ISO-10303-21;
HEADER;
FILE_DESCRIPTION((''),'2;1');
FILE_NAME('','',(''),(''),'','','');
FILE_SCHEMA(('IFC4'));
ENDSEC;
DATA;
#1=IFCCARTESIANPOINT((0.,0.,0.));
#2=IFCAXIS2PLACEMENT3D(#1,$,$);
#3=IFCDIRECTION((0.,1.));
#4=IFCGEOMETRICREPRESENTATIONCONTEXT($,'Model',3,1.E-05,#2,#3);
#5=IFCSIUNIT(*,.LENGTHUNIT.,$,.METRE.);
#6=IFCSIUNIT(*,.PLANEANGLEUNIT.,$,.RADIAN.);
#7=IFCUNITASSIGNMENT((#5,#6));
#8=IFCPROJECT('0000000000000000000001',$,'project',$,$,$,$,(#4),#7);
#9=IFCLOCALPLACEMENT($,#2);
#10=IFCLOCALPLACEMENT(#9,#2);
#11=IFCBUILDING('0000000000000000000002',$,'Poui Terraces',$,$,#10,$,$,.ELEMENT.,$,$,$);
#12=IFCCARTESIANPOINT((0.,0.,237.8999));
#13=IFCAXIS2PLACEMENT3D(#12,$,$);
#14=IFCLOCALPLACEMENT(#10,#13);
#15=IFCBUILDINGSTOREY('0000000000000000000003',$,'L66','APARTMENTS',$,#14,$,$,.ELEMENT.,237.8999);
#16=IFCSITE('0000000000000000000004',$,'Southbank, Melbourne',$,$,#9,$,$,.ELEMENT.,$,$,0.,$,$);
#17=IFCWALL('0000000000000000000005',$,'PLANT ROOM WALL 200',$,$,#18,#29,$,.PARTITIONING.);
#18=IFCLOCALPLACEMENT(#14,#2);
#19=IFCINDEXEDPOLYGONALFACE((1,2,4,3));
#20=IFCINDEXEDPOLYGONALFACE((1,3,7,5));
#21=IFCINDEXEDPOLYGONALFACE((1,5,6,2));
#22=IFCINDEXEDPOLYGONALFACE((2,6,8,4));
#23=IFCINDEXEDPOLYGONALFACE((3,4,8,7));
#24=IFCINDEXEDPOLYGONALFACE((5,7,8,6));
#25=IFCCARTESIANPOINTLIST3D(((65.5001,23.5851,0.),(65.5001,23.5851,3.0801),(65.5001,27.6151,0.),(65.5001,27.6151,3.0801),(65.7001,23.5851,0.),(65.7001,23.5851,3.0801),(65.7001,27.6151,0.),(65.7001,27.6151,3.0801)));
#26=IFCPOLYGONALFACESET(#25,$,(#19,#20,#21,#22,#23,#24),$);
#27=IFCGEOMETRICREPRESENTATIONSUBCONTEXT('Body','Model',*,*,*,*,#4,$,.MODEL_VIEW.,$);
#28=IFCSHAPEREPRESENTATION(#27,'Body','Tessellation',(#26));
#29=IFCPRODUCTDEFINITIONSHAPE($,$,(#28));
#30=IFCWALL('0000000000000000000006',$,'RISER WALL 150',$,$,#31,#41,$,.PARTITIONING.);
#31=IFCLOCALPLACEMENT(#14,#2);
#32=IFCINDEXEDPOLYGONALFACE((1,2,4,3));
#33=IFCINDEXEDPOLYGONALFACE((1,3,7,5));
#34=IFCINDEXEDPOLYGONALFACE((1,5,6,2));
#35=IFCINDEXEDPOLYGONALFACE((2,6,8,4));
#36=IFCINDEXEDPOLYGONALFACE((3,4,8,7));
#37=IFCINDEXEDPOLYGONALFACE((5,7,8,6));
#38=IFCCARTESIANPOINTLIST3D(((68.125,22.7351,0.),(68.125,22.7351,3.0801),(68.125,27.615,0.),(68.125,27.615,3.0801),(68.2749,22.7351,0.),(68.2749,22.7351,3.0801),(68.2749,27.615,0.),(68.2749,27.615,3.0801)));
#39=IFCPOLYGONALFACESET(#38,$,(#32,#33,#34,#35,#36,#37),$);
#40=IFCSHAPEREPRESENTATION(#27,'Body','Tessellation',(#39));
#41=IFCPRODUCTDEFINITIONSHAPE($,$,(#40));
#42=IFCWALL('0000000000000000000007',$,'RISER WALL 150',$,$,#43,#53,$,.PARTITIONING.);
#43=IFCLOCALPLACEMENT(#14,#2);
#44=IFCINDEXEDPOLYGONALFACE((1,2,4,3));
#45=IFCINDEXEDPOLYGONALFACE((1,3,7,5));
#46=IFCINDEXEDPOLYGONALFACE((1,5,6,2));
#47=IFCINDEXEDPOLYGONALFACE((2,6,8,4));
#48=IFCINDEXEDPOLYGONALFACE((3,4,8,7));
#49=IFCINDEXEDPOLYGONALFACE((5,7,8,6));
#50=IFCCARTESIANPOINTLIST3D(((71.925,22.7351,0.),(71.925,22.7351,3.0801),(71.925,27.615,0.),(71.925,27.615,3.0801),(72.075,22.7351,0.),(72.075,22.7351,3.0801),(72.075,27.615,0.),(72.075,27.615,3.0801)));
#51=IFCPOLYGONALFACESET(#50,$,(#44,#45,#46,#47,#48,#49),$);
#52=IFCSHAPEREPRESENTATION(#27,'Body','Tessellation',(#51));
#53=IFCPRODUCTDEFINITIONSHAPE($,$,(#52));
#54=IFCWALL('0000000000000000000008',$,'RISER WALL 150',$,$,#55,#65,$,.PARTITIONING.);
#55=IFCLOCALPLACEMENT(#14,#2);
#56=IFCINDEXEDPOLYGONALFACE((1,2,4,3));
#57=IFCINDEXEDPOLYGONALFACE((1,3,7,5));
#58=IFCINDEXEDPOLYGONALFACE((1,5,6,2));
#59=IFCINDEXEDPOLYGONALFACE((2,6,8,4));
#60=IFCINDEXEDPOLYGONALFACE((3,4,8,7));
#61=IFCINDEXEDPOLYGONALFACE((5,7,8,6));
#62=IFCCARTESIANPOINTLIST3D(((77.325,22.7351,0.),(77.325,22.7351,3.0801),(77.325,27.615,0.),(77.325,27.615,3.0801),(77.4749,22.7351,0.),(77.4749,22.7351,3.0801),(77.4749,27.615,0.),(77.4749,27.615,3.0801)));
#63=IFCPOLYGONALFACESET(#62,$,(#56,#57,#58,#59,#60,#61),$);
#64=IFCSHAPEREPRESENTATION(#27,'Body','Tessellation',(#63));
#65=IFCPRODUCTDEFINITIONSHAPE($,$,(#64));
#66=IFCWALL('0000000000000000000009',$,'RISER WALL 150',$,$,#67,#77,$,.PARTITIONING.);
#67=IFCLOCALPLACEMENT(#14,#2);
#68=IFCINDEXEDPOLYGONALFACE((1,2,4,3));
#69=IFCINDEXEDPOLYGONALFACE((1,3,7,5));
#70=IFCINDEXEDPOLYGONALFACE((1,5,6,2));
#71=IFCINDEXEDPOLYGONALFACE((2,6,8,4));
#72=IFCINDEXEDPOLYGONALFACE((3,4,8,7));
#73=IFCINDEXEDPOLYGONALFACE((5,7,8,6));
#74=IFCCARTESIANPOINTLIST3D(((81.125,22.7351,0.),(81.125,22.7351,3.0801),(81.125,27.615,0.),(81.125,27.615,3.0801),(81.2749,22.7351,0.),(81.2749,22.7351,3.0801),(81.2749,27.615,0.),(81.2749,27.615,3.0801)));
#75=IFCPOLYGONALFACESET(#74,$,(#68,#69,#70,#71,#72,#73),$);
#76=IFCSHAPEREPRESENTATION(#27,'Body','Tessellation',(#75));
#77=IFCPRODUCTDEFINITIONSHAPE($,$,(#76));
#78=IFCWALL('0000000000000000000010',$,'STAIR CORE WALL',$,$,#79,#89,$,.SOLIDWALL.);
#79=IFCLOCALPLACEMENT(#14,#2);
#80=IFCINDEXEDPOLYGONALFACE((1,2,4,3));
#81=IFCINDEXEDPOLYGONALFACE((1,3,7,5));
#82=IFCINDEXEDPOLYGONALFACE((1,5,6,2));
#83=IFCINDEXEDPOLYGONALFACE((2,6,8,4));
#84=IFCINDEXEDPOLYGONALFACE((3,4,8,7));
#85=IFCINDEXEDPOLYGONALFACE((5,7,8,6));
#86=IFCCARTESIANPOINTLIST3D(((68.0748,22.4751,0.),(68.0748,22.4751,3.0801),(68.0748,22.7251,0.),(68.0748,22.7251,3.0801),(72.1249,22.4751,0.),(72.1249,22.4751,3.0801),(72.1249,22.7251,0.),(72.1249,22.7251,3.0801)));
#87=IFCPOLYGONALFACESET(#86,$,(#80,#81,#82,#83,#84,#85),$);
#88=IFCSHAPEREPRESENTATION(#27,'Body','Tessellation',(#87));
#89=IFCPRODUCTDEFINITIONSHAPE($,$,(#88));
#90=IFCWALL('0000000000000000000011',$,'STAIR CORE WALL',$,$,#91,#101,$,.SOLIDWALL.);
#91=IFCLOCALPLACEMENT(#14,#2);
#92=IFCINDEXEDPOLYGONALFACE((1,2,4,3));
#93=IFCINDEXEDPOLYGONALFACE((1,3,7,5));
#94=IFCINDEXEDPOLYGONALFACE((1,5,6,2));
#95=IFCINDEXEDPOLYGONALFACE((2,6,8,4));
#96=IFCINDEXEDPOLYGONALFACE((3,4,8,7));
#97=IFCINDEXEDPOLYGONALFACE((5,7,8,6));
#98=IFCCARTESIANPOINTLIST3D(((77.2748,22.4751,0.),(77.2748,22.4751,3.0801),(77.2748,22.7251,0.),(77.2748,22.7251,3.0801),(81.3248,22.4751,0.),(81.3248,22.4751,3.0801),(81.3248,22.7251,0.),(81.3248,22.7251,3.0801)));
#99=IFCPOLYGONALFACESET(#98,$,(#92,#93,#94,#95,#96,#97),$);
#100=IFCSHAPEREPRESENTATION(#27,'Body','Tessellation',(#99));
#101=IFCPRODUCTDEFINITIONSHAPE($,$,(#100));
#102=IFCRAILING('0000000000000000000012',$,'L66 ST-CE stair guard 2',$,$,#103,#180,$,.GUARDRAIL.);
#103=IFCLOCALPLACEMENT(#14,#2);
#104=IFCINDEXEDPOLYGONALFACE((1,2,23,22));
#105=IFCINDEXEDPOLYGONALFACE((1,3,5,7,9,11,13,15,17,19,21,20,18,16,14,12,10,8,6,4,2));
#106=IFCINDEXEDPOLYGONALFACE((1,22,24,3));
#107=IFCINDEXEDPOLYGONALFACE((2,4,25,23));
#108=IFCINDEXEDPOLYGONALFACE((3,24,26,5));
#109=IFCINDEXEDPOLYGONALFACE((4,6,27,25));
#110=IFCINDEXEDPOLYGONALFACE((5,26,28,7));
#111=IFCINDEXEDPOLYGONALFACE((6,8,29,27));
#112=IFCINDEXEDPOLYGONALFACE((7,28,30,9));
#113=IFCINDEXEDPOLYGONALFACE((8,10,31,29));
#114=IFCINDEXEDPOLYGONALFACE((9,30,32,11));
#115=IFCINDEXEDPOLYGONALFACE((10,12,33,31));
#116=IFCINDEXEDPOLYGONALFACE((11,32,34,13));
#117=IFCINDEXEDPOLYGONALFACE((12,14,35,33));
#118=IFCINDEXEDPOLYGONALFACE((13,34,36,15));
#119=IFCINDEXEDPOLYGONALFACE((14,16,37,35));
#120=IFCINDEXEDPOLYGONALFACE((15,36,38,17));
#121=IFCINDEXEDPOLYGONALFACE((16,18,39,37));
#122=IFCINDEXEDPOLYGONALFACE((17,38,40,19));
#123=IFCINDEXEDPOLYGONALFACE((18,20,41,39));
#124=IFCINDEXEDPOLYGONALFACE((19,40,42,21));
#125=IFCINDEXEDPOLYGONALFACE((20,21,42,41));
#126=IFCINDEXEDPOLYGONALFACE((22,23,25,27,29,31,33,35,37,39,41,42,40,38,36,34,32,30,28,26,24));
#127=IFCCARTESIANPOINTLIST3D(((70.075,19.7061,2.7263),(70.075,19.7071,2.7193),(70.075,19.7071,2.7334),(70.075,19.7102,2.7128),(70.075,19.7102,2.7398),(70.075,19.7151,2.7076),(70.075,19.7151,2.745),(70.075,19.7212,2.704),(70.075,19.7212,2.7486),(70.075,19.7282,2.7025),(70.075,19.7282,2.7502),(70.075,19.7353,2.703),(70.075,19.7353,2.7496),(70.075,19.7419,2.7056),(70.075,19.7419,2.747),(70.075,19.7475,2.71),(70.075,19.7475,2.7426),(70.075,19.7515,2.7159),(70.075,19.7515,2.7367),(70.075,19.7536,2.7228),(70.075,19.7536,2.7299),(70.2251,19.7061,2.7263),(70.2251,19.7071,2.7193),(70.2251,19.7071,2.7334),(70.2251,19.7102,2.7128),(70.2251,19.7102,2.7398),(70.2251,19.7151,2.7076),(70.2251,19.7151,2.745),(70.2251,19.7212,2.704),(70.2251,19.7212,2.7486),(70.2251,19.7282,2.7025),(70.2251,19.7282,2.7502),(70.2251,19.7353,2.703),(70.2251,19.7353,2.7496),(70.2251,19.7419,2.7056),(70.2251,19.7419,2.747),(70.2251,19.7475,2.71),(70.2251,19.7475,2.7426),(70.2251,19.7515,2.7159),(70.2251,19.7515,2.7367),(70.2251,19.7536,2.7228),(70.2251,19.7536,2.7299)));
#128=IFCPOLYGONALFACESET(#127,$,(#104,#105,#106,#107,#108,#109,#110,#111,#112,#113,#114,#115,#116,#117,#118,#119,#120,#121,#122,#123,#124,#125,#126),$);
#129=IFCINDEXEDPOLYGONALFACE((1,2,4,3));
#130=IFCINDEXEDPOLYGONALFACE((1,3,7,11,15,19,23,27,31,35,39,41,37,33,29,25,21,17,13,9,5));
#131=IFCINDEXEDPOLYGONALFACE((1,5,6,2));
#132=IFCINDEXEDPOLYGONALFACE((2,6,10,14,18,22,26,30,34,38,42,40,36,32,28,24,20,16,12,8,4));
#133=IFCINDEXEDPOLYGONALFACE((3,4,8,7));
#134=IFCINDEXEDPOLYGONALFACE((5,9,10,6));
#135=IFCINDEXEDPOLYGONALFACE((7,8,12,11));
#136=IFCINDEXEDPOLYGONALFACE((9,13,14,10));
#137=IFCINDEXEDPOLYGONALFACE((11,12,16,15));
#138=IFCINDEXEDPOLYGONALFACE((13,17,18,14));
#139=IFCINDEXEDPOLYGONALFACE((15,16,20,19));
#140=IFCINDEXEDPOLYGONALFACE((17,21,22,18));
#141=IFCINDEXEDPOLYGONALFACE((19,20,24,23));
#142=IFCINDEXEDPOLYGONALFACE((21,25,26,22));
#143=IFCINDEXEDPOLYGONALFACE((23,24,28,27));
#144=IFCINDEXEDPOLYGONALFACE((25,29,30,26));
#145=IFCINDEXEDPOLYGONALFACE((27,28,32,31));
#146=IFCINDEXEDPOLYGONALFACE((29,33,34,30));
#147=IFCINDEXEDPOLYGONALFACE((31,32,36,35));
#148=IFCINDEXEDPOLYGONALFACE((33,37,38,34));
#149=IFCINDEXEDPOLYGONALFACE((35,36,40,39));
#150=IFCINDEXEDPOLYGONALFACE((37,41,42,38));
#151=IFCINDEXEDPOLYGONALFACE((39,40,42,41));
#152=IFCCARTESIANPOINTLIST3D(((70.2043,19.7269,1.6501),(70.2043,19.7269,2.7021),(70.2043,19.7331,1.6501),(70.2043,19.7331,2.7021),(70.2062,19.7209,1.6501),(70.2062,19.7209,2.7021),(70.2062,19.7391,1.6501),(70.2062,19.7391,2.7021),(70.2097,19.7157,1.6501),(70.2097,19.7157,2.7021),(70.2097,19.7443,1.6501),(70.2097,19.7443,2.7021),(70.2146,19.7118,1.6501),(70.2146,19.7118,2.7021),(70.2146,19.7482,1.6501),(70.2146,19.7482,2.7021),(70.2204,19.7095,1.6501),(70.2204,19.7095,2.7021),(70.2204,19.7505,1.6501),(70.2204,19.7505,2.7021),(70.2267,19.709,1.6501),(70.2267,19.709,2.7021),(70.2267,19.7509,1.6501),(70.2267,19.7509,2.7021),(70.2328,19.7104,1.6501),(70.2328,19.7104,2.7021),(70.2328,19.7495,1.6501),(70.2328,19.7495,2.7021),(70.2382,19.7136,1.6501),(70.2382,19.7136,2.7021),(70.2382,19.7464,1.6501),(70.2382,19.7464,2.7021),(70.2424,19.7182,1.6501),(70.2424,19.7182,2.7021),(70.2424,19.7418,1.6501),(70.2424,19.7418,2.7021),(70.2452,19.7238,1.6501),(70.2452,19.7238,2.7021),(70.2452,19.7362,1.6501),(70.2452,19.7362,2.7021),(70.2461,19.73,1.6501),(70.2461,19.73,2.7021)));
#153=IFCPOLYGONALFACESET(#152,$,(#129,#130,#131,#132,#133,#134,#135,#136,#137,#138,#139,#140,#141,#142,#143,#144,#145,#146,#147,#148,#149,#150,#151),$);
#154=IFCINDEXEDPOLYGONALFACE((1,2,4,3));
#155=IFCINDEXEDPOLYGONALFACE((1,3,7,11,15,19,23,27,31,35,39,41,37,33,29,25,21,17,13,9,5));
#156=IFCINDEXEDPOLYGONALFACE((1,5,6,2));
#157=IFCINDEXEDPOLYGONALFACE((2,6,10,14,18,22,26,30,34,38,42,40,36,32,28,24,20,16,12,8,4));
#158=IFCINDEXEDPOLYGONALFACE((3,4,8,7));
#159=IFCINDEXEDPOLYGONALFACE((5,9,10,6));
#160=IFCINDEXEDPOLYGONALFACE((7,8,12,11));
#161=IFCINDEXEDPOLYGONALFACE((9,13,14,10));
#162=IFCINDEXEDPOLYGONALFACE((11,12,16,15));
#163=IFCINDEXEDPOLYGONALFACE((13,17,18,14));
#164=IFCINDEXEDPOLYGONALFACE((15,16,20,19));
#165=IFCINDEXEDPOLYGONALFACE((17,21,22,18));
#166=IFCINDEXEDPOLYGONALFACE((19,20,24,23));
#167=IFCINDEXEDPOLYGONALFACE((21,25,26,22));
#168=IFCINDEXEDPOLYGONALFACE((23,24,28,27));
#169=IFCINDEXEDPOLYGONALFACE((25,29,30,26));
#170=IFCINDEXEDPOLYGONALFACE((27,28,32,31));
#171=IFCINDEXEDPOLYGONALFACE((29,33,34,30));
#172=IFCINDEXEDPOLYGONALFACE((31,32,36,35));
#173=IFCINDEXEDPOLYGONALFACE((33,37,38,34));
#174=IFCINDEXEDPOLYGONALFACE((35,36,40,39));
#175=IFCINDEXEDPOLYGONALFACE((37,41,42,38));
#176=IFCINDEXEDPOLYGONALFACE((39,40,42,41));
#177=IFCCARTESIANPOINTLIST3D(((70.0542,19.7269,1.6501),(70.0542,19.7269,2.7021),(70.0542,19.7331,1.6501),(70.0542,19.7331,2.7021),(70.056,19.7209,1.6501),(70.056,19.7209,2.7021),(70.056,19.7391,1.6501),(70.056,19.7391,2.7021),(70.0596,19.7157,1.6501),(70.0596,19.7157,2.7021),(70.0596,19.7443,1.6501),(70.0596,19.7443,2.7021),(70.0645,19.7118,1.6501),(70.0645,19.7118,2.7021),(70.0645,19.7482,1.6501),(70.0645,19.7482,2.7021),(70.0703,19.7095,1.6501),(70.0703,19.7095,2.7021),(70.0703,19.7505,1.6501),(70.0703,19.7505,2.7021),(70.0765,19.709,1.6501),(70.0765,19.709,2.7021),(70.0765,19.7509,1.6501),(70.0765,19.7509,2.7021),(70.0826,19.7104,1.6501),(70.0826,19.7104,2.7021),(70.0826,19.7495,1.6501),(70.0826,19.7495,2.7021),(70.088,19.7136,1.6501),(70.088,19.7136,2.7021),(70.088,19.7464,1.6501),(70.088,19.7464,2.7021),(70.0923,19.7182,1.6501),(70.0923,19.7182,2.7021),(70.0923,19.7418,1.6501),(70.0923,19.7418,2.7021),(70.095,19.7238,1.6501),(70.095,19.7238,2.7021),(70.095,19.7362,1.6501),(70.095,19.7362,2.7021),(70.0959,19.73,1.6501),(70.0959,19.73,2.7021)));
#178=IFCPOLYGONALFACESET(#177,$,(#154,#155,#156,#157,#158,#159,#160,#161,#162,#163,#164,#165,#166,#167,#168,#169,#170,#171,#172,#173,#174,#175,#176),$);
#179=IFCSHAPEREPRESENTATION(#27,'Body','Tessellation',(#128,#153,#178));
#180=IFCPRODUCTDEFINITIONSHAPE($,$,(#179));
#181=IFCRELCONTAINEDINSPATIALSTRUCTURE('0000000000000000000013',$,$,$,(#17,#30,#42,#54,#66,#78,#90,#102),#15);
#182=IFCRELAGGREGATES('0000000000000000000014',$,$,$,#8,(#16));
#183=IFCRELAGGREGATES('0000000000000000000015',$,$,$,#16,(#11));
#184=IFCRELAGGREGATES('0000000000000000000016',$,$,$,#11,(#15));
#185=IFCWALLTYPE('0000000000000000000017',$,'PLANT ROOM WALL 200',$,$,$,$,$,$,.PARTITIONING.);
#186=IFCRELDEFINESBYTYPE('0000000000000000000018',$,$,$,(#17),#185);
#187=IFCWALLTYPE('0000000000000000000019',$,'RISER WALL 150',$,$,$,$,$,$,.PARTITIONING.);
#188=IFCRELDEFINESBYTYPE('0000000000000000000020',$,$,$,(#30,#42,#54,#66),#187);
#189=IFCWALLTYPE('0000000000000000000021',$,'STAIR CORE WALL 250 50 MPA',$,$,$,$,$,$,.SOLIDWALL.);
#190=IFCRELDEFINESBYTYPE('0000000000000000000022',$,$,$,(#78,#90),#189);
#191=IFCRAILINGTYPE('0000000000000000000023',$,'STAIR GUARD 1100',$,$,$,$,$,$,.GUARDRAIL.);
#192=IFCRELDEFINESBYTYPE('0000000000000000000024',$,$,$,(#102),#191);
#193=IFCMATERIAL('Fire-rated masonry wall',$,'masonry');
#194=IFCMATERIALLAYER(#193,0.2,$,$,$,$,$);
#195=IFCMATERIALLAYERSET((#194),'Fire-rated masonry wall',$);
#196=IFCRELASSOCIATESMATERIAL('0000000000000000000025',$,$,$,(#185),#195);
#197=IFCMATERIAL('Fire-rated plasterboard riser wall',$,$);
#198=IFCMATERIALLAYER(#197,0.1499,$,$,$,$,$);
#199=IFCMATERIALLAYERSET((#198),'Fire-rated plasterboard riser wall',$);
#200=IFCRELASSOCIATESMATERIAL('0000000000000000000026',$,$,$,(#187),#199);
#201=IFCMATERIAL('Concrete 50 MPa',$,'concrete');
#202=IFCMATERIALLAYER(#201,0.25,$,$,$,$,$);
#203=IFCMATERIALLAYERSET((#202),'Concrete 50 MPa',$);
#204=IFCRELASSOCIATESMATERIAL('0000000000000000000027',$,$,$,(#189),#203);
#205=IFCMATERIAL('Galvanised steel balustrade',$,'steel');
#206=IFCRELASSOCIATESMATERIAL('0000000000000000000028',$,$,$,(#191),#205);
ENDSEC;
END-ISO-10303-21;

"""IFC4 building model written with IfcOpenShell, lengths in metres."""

from ifc_helpers import new_model, si_unit, direction, frame, frame_2d, origin, origin_2d, place, context, subcontext, project, spatial, rectangle, circle, extrude, material, layer, layer_set, type_object, element, save


model = new_model("IFC4")

# Units and contexts
model_context = context("Model", 3, precision=1e-05, world=origin(), true_north=direction((0.0, 1.0)))
body_context = subcontext(model_context, "Body", "Model", "MODEL_VIEW")
ifc_project = project(units=[si_unit("LENGTHUNIT", "METRE"), si_unit("PLANEANGLEUNIT", "RADIAN")], contexts=[model_context])

# Site, building, storey
site_placement = place(None, origin())
site = spatial("IfcSite", under=ifc_project, at=site_placement, Name="Southbank, Melbourne", CompositionType="ELEMENT", RefElevation=0.0)
building_placement = place(site_placement, origin())
building = spatial("IfcBuilding", under=site, at=building_placement, Name="Poui Terraces", CompositionType="ELEMENT")
storey_placement = place(building_placement, frame((0.0, 0.0, 237.8999)))
storey = spatial("IfcBuildingStorey", under=building, at=storey_placement, Name="L66", Description="APARTMENTS", CompositionType="ELEMENT", Elevation=237.8999)

# Shared definitions
ifc_material_1 = material(Name="Concrete 50 MPa", Category="concrete")

# Walls
ifc_material_2 = material(Name="Fire-rated masonry wall", Category="masonry")
ifc_layer_1 = layer(ifc_material_2, 0.2)
ifc_layer_set_1 = layer_set([ifc_layer_1], Name="Fire-rated masonry wall")
wall_type_1 = type_object("IfcWallType", Name="PLANT ROOM WALL 200", PredefinedType="PARTITIONING", material=ifc_layer_set_1)
wall_1_placement = place(storey_placement, frame((65.6001, 23.585, 0.0), z_axis=(0.0, 0.0, 1.0), x_axis=(0.0, 1.0, 0.0)))
element("IfcWall", 1, at=wall_1_placement, inside=storey, type_object=wall_type_1, Name="PLANT ROOM WALL 200", PredefinedType="PARTITIONING", context=body_context, shape_type="SweptSolid", body=[
    extrude(rectangle(XDim=4.03, YDim=0.2, at=frame_2d((2.0151, 0.0))), origin(), (0.0, 0.0, 1.0), 3.0801),
])
ifc_material_3 = material(Name="Fire-rated plasterboard riser wall")
ifc_layer_2 = layer(ifc_material_3, 0.1499)
ifc_layer_set_2 = layer_set([ifc_layer_2], Name="Fire-rated plasterboard riser wall")
wall_type_2 = type_object("IfcWallType", Name="RISER WALL 150", PredefinedType="PARTITIONING", material=ifc_layer_set_2)
for number, where, z_axis, x_axis, name in (
    (2, (68.2, 22.7351, 0.0), (0.0, 0.0, 1.0), (0.0, 1.0, 0.0), "RISER WALL 150"),
    (3, (72.0, 22.7351, 0.0), (0.0, 0.0, 1.0), (0.0, 1.0, 0.0), "RISER WALL 150"),
    (4, (77.3999, 22.7351, 0.0), (0.0, 0.0, 1.0), (0.0, 1.0, 0.0), "RISER WALL 150"),
    (5, (81.2, 22.7351, 0.0), (0.0, 0.0, 1.0), (0.0, 1.0, 0.0), "RISER WALL 150"),
):
    element("IfcWall", number, at=place(storey_placement, frame(where, z_axis=z_axis, x_axis=x_axis)), inside=storey, type_object=wall_type_2, Name=name, PredefinedType="PARTITIONING", context=body_context, shape_type="SweptSolid", body=[
        extrude(rectangle(XDim=4.8799, YDim=0.1499, at=frame_2d((2.4399, 0.0))), origin(), (0.0, 0.0, 1.0), 3.0801),
    ])
ifc_layer_3 = layer(ifc_material_1, 0.25)
ifc_layer_set_3 = layer_set([ifc_layer_3], Name="Concrete 50 MPa")
wall_type_3 = type_object("IfcWallType", Name="STAIR CORE WALL 250 50 MPA", PredefinedType="SOLIDWALL", material=ifc_layer_set_3)
for number, where, z_axis, x_axis, name in (
    (6, (68.075, 22.6001, 0.0), (0.0, 0.0, 1.0), (1.0, 0.0, 0.0), "STAIR CORE WALL"),
    (7, (77.2749, 22.6001, 0.0), (0.0, 0.0, 1.0), (1.0, 0.0, 0.0), "STAIR CORE WALL"),
):
    element("IfcWall", number, at=place(storey_placement, frame(where, z_axis=z_axis, x_axis=x_axis)), inside=storey, type_object=wall_type_3, Name=name, PredefinedType="SOLIDWALL", context=body_context, shape_type="SweptSolid", body=[
        extrude(rectangle(XDim=4.05, YDim=0.25, at=frame_2d((2.0249, 0.0))), origin(), (0.0, 0.0, 1.0), 3.0801),
    ])

# Railing
ifc_material_4 = material(Name="Galvanised steel balustrade", Category="steel")
railing_type = type_object("IfcRailingType", Name="STAIR GUARD 1100", PredefinedType="GUARDRAIL", material=ifc_material_4)
for number, where, name in (
    (8, (70.2251, 19.73, 1.6501), "L66 ST-CE stair guard 2"),
):
    element("IfcRailing", number, at=place(storey_placement, frame(where)), inside=storey, type_object=railing_type, Name=name, PredefinedType="GUARDRAIL", context=body_context, shape_type="SweptSolid", body=[
        extrude(circle(Radius=0.0239, at=origin_2d()), frame((0.0, 0.0, 1.0762), z_axis=(-1.0, 0.0, 0.0), x_axis=(0.0, -1.0, 0.0)), (0.0, 0.0, 1.0), 0.1501),
        extrude(circle(Radius=0.021, at=origin_2d()), origin(), (0.0, 0.0, 1.0), 1.052),
        extrude(circle(Radius=0.021, at=origin_2d()), frame((-0.1501, 0.0, 0.0)), (0.0, 0.0, 1.0), 1.052),
    ])

save(model, "model.ifc")
